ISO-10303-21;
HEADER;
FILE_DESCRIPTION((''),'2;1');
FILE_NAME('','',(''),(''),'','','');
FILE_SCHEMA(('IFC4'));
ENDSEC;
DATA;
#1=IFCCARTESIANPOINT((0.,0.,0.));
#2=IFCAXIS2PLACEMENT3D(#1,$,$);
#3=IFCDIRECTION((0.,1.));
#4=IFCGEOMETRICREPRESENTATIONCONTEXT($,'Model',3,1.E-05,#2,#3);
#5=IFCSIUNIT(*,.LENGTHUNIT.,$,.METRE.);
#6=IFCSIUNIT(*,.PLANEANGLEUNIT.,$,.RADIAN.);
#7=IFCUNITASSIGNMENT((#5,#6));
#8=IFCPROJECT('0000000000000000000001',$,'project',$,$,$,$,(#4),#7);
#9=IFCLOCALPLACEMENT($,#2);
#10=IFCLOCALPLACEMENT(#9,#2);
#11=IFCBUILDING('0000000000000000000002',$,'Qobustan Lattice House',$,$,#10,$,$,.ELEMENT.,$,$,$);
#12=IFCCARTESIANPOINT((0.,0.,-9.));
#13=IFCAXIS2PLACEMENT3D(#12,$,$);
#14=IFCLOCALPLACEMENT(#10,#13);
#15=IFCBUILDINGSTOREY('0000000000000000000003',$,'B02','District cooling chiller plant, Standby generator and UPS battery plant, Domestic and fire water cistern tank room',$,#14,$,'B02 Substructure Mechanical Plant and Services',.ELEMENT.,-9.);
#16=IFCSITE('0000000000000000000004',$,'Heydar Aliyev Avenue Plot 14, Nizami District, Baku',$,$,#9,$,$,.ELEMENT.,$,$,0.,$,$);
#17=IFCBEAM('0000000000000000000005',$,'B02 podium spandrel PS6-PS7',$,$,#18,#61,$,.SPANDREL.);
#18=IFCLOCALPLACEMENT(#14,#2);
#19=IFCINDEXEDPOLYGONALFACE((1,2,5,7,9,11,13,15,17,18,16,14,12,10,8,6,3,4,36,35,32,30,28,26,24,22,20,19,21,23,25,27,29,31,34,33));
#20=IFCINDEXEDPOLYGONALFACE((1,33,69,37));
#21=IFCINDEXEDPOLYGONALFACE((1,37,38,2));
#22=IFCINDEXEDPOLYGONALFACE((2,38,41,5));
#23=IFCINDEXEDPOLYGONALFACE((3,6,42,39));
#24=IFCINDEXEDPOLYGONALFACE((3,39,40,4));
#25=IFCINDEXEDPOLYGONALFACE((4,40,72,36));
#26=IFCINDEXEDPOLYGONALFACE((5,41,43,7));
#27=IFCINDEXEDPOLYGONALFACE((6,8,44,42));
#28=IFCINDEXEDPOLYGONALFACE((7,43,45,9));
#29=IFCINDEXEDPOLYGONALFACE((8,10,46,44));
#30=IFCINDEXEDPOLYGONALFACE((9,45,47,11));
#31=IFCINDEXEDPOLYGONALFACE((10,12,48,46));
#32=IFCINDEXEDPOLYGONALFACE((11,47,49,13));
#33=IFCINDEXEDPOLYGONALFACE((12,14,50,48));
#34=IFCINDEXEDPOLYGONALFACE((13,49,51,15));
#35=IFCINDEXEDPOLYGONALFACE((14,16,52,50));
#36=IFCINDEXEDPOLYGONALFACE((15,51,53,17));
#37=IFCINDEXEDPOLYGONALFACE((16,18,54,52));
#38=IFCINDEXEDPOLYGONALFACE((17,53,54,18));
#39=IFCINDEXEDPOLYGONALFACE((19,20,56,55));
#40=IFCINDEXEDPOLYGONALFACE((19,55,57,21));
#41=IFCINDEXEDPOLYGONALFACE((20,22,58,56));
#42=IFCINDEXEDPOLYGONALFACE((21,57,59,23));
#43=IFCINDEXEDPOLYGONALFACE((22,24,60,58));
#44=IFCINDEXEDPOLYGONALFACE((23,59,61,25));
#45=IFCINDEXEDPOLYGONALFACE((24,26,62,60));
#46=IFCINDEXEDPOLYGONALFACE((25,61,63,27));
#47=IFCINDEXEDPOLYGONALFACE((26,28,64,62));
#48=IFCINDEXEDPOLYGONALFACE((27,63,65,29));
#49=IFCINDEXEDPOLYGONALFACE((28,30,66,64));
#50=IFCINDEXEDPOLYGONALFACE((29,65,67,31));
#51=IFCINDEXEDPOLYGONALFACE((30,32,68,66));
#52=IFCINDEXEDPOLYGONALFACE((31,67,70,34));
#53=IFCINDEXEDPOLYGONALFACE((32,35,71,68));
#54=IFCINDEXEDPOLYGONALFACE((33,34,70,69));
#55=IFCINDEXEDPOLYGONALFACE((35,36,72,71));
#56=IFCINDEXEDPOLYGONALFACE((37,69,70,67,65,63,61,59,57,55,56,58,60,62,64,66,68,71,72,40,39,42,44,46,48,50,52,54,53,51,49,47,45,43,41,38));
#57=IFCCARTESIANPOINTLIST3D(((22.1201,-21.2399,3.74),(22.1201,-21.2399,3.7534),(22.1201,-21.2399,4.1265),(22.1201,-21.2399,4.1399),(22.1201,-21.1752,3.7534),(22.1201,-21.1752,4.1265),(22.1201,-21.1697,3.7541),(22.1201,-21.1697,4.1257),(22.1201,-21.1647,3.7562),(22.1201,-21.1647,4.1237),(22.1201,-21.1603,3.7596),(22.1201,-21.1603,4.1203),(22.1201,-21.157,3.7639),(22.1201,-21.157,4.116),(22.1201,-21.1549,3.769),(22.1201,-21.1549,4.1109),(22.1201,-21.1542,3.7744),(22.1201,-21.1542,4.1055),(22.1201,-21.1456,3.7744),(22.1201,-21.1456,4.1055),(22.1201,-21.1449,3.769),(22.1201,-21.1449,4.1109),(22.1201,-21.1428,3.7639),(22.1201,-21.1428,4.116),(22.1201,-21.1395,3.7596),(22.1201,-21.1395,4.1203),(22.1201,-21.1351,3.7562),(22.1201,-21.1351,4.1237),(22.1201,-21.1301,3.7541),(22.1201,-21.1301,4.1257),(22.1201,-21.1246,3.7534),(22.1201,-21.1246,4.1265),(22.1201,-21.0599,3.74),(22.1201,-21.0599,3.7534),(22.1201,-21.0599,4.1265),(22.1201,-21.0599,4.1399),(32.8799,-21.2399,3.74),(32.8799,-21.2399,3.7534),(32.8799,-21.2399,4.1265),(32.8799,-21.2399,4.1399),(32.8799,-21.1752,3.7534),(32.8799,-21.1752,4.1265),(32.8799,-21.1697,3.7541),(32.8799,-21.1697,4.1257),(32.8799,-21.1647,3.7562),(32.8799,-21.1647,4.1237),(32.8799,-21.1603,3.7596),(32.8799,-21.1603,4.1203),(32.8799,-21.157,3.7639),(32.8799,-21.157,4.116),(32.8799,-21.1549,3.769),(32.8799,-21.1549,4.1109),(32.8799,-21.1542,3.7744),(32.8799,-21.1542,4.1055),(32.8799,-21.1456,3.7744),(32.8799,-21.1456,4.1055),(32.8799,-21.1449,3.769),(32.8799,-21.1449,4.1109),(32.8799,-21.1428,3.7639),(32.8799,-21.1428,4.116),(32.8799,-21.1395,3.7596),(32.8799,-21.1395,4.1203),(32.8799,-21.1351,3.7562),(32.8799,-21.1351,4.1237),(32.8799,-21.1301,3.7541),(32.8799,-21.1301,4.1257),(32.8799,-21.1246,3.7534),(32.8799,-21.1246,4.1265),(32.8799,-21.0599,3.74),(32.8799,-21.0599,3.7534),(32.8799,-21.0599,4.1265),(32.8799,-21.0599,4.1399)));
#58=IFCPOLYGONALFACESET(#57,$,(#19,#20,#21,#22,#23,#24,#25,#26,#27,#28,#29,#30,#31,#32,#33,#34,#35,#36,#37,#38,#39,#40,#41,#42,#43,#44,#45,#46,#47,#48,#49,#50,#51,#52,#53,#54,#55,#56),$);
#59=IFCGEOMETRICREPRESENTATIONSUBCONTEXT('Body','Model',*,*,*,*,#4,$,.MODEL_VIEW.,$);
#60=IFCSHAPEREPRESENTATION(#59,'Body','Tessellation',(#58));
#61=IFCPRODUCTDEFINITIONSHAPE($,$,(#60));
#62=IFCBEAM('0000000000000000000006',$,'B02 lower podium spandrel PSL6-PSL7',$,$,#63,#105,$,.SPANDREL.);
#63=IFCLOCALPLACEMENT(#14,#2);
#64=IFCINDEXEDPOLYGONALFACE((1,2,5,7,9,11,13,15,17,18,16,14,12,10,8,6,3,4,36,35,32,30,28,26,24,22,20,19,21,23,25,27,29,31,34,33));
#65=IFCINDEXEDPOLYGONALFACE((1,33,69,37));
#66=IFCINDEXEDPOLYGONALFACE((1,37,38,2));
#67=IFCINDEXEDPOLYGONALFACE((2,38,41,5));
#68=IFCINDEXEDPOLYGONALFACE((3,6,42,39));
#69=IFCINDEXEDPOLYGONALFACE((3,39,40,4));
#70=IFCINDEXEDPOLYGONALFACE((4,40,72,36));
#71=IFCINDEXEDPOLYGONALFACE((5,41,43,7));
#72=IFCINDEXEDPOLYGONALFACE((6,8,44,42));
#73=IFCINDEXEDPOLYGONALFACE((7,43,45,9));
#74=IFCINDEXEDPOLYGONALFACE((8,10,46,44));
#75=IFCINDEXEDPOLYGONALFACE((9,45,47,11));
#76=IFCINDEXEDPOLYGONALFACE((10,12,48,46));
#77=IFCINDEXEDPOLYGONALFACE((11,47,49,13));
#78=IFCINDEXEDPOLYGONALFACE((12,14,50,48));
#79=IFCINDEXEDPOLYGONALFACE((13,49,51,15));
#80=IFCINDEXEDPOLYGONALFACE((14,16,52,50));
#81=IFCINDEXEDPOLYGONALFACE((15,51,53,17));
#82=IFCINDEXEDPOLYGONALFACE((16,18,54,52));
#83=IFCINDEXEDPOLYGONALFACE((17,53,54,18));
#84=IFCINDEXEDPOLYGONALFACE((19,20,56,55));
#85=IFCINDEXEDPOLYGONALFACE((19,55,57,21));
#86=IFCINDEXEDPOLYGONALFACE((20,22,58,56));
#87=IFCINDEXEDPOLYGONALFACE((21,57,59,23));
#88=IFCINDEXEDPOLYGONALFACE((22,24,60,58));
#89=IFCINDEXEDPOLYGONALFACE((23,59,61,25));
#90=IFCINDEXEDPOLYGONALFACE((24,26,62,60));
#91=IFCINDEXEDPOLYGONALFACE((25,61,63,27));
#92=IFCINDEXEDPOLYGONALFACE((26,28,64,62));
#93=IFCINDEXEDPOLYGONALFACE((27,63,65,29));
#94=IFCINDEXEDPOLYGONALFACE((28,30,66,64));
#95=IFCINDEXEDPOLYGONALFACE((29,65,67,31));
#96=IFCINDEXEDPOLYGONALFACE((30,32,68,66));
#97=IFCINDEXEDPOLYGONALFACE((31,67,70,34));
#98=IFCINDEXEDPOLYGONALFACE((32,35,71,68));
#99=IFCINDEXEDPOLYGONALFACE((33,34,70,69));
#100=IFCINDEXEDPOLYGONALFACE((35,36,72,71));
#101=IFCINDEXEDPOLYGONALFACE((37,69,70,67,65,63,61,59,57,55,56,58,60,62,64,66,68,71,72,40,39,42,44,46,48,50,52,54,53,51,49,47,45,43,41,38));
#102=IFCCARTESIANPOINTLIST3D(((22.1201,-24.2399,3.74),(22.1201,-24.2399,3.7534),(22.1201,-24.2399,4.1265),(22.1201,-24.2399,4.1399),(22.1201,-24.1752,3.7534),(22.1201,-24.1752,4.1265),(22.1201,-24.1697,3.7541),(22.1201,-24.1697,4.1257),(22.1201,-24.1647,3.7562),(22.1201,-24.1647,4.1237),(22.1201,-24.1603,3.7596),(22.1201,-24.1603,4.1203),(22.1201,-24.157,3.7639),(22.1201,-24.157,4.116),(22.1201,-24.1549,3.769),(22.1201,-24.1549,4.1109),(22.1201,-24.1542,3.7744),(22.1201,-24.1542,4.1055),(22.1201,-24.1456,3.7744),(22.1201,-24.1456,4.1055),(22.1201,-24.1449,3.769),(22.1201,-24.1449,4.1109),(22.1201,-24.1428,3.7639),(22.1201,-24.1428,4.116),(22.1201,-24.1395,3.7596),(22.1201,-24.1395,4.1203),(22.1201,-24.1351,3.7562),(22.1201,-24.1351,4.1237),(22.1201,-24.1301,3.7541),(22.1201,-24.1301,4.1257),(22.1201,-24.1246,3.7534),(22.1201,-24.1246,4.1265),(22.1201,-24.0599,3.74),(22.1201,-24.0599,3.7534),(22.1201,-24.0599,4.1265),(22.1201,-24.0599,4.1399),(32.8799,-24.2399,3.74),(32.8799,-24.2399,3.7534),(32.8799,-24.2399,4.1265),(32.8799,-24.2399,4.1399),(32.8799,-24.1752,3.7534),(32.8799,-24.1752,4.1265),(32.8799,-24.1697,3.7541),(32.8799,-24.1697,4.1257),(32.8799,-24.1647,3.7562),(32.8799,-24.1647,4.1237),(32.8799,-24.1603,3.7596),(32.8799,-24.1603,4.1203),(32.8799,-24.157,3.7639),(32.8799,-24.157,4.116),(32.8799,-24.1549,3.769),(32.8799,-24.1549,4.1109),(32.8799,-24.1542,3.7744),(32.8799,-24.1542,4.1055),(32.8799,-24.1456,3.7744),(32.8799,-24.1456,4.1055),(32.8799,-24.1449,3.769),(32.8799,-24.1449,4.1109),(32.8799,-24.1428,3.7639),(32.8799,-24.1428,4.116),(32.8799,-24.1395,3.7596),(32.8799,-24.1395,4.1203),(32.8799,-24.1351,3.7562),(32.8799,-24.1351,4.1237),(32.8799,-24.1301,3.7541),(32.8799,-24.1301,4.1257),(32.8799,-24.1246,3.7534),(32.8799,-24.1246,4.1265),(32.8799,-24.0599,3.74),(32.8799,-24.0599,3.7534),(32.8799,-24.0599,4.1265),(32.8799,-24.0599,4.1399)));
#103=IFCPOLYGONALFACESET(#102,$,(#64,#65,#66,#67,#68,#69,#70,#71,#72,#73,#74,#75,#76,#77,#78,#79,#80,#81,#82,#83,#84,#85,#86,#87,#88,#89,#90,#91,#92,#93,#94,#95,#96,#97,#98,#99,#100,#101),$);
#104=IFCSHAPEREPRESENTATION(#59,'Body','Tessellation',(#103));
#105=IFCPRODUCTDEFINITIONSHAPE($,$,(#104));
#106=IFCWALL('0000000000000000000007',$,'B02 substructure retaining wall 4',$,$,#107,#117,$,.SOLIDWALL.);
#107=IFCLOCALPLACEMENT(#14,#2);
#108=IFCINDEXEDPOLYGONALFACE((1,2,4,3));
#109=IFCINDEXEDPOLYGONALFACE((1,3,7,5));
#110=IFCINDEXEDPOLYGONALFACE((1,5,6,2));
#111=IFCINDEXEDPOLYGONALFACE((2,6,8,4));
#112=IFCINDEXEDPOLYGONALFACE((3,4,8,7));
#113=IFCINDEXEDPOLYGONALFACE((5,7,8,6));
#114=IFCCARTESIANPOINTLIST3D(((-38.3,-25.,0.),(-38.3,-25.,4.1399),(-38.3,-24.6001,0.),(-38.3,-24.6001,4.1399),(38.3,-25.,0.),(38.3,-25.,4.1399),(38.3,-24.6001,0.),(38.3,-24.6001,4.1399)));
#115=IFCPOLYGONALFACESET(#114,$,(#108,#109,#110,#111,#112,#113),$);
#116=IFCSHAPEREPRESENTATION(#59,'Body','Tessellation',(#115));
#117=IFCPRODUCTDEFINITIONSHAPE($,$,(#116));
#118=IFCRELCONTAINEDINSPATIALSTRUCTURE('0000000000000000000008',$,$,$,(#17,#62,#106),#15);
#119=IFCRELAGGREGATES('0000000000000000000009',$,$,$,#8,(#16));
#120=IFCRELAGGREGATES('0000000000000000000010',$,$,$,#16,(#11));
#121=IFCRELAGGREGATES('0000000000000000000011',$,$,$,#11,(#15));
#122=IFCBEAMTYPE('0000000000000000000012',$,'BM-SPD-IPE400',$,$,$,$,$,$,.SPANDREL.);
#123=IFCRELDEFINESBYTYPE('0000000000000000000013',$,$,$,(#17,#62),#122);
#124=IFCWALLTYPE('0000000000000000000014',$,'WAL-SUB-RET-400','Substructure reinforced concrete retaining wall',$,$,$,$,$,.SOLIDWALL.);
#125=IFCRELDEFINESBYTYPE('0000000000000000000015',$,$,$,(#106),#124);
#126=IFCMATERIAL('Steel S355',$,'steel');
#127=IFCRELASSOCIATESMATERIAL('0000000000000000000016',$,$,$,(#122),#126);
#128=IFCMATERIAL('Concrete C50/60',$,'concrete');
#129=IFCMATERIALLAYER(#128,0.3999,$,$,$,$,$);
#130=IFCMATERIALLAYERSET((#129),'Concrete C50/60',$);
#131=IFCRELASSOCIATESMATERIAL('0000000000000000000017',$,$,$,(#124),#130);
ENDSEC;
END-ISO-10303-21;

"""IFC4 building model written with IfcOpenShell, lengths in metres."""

from ifc_helpers import new_model, si_unit, direction, frame, frame_2d, origin, origin_2d, place, context, subcontext, project, spatial, rectangle, i_section, extrude, material, layer, layer_set, material_profile, profile_set, type_object, element, save


model = new_model("IFC4")

# Units and contexts
model_context = context("Model", 3, precision=1e-05, world=origin(), true_north=direction((0.0, 1.0)))
body_context = subcontext(model_context, "Body", "Model", "MODEL_VIEW")
ifc_project = project(units=[si_unit("LENGTHUNIT", "METRE"), si_unit("PLANEANGLEUNIT", "RADIAN")], contexts=[model_context])

# Site, building, storey
site_placement = place(None, origin())
site = spatial("IfcSite", under=ifc_project, at=site_placement, Name="Heydar Aliyev Avenue Plot 14, Nizami District, Baku", CompositionType="ELEMENT", RefElevation=0.0)
building_placement = place(site_placement, origin())
building = spatial("IfcBuilding", under=site, at=building_placement, Name="Qobustan Lattice House", CompositionType="ELEMENT")
storey_placement = place(building_placement, frame((0.0, 0.0, -9.0)))
storey = spatial("IfcBuildingStorey", under=building, at=storey_placement, Name="B02", Description="District cooling chiller plant, Standby generator and UPS battery plant, Domestic and fire water cistern tank room", LongName="B02 Substructure Mechanical Plant and Services", CompositionType="ELEMENT", Elevation=-9.0)

# Beams
ifc_material_1 = material(Name="Steel S355", Category="steel")
ifc_material_profile_1 = material_profile(ifc_material_1, i_section(OverallWidth=0.1799, OverallDepth=0.3999, WebThickness=0.0085, FlangeThickness=0.0134, FilletRadius=0.021, at=origin_2d()), Name="IPE400")
ifc_profile_set_1 = profile_set([ifc_material_profile_1], Name="Steel S355")
beam_type_1 = type_object("IfcBeamType", Name="BM-SPD-IPE400", PredefinedType="SPANDREL", material=ifc_profile_set_1)
for number, where, z_axis, x_axis, name in (
    (1, (22.1201, -21.1499, 3.9399), (1.0, 0.0, 0.0), (0.0, 1.0, 0.0), "B02 podium spandrel PS6-PS7"),
    (2, (22.1201, -24.1499, 3.9399), (1.0, 0.0, 0.0), (0.0, 1.0, 0.0), "B02 lower podium spandrel PSL6-PSL7"),
):
    element("IfcBeam", number, at=place(storey_placement, frame(where, z_axis=z_axis, x_axis=x_axis)), inside=storey, type_object=beam_type_1, Name=name, PredefinedType="SPANDREL", context=body_context, shape_type="SweptSolid", body=[
        extrude(i_section(OverallWidth=0.1799, OverallDepth=0.3999, WebThickness=0.0085, FlangeThickness=0.0134, FilletRadius=0.021, at=origin_2d()), origin(), (0.0, 0.0, 1.0), 10.7598),
    ])

# Wall
ifc_material_2 = material(Name="Concrete C50/60", Category="concrete")
ifc_layer = layer(ifc_material_2, 0.3999)
ifc_layer_set = layer_set([ifc_layer], Name="Concrete C50/60")
wall_type = type_object("IfcWallType", Name="WAL-SUB-RET-400", Description="Substructure reinforced concrete retaining wall", PredefinedType="SOLIDWALL", material=ifc_layer_set)
wall_placement = place(storey_placement, frame((38.3, -24.8, 0.0), z_axis=(0.0, 0.0, 1.0), x_axis=(-1.0, 0.0, 0.0)))
element("IfcWall", 3, at=wall_placement, inside=storey, type_object=wall_type, Name="B02 substructure retaining wall 4", PredefinedType="SOLIDWALL", context=body_context, shape_type="SweptSolid", body=[
    extrude(rectangle(XDim=76.6001, YDim=0.3999, at=frame_2d((38.3, 0.0))), origin(), (0.0, 0.0, 1.0), 4.1399),
])

save(model, "model.ifc")
